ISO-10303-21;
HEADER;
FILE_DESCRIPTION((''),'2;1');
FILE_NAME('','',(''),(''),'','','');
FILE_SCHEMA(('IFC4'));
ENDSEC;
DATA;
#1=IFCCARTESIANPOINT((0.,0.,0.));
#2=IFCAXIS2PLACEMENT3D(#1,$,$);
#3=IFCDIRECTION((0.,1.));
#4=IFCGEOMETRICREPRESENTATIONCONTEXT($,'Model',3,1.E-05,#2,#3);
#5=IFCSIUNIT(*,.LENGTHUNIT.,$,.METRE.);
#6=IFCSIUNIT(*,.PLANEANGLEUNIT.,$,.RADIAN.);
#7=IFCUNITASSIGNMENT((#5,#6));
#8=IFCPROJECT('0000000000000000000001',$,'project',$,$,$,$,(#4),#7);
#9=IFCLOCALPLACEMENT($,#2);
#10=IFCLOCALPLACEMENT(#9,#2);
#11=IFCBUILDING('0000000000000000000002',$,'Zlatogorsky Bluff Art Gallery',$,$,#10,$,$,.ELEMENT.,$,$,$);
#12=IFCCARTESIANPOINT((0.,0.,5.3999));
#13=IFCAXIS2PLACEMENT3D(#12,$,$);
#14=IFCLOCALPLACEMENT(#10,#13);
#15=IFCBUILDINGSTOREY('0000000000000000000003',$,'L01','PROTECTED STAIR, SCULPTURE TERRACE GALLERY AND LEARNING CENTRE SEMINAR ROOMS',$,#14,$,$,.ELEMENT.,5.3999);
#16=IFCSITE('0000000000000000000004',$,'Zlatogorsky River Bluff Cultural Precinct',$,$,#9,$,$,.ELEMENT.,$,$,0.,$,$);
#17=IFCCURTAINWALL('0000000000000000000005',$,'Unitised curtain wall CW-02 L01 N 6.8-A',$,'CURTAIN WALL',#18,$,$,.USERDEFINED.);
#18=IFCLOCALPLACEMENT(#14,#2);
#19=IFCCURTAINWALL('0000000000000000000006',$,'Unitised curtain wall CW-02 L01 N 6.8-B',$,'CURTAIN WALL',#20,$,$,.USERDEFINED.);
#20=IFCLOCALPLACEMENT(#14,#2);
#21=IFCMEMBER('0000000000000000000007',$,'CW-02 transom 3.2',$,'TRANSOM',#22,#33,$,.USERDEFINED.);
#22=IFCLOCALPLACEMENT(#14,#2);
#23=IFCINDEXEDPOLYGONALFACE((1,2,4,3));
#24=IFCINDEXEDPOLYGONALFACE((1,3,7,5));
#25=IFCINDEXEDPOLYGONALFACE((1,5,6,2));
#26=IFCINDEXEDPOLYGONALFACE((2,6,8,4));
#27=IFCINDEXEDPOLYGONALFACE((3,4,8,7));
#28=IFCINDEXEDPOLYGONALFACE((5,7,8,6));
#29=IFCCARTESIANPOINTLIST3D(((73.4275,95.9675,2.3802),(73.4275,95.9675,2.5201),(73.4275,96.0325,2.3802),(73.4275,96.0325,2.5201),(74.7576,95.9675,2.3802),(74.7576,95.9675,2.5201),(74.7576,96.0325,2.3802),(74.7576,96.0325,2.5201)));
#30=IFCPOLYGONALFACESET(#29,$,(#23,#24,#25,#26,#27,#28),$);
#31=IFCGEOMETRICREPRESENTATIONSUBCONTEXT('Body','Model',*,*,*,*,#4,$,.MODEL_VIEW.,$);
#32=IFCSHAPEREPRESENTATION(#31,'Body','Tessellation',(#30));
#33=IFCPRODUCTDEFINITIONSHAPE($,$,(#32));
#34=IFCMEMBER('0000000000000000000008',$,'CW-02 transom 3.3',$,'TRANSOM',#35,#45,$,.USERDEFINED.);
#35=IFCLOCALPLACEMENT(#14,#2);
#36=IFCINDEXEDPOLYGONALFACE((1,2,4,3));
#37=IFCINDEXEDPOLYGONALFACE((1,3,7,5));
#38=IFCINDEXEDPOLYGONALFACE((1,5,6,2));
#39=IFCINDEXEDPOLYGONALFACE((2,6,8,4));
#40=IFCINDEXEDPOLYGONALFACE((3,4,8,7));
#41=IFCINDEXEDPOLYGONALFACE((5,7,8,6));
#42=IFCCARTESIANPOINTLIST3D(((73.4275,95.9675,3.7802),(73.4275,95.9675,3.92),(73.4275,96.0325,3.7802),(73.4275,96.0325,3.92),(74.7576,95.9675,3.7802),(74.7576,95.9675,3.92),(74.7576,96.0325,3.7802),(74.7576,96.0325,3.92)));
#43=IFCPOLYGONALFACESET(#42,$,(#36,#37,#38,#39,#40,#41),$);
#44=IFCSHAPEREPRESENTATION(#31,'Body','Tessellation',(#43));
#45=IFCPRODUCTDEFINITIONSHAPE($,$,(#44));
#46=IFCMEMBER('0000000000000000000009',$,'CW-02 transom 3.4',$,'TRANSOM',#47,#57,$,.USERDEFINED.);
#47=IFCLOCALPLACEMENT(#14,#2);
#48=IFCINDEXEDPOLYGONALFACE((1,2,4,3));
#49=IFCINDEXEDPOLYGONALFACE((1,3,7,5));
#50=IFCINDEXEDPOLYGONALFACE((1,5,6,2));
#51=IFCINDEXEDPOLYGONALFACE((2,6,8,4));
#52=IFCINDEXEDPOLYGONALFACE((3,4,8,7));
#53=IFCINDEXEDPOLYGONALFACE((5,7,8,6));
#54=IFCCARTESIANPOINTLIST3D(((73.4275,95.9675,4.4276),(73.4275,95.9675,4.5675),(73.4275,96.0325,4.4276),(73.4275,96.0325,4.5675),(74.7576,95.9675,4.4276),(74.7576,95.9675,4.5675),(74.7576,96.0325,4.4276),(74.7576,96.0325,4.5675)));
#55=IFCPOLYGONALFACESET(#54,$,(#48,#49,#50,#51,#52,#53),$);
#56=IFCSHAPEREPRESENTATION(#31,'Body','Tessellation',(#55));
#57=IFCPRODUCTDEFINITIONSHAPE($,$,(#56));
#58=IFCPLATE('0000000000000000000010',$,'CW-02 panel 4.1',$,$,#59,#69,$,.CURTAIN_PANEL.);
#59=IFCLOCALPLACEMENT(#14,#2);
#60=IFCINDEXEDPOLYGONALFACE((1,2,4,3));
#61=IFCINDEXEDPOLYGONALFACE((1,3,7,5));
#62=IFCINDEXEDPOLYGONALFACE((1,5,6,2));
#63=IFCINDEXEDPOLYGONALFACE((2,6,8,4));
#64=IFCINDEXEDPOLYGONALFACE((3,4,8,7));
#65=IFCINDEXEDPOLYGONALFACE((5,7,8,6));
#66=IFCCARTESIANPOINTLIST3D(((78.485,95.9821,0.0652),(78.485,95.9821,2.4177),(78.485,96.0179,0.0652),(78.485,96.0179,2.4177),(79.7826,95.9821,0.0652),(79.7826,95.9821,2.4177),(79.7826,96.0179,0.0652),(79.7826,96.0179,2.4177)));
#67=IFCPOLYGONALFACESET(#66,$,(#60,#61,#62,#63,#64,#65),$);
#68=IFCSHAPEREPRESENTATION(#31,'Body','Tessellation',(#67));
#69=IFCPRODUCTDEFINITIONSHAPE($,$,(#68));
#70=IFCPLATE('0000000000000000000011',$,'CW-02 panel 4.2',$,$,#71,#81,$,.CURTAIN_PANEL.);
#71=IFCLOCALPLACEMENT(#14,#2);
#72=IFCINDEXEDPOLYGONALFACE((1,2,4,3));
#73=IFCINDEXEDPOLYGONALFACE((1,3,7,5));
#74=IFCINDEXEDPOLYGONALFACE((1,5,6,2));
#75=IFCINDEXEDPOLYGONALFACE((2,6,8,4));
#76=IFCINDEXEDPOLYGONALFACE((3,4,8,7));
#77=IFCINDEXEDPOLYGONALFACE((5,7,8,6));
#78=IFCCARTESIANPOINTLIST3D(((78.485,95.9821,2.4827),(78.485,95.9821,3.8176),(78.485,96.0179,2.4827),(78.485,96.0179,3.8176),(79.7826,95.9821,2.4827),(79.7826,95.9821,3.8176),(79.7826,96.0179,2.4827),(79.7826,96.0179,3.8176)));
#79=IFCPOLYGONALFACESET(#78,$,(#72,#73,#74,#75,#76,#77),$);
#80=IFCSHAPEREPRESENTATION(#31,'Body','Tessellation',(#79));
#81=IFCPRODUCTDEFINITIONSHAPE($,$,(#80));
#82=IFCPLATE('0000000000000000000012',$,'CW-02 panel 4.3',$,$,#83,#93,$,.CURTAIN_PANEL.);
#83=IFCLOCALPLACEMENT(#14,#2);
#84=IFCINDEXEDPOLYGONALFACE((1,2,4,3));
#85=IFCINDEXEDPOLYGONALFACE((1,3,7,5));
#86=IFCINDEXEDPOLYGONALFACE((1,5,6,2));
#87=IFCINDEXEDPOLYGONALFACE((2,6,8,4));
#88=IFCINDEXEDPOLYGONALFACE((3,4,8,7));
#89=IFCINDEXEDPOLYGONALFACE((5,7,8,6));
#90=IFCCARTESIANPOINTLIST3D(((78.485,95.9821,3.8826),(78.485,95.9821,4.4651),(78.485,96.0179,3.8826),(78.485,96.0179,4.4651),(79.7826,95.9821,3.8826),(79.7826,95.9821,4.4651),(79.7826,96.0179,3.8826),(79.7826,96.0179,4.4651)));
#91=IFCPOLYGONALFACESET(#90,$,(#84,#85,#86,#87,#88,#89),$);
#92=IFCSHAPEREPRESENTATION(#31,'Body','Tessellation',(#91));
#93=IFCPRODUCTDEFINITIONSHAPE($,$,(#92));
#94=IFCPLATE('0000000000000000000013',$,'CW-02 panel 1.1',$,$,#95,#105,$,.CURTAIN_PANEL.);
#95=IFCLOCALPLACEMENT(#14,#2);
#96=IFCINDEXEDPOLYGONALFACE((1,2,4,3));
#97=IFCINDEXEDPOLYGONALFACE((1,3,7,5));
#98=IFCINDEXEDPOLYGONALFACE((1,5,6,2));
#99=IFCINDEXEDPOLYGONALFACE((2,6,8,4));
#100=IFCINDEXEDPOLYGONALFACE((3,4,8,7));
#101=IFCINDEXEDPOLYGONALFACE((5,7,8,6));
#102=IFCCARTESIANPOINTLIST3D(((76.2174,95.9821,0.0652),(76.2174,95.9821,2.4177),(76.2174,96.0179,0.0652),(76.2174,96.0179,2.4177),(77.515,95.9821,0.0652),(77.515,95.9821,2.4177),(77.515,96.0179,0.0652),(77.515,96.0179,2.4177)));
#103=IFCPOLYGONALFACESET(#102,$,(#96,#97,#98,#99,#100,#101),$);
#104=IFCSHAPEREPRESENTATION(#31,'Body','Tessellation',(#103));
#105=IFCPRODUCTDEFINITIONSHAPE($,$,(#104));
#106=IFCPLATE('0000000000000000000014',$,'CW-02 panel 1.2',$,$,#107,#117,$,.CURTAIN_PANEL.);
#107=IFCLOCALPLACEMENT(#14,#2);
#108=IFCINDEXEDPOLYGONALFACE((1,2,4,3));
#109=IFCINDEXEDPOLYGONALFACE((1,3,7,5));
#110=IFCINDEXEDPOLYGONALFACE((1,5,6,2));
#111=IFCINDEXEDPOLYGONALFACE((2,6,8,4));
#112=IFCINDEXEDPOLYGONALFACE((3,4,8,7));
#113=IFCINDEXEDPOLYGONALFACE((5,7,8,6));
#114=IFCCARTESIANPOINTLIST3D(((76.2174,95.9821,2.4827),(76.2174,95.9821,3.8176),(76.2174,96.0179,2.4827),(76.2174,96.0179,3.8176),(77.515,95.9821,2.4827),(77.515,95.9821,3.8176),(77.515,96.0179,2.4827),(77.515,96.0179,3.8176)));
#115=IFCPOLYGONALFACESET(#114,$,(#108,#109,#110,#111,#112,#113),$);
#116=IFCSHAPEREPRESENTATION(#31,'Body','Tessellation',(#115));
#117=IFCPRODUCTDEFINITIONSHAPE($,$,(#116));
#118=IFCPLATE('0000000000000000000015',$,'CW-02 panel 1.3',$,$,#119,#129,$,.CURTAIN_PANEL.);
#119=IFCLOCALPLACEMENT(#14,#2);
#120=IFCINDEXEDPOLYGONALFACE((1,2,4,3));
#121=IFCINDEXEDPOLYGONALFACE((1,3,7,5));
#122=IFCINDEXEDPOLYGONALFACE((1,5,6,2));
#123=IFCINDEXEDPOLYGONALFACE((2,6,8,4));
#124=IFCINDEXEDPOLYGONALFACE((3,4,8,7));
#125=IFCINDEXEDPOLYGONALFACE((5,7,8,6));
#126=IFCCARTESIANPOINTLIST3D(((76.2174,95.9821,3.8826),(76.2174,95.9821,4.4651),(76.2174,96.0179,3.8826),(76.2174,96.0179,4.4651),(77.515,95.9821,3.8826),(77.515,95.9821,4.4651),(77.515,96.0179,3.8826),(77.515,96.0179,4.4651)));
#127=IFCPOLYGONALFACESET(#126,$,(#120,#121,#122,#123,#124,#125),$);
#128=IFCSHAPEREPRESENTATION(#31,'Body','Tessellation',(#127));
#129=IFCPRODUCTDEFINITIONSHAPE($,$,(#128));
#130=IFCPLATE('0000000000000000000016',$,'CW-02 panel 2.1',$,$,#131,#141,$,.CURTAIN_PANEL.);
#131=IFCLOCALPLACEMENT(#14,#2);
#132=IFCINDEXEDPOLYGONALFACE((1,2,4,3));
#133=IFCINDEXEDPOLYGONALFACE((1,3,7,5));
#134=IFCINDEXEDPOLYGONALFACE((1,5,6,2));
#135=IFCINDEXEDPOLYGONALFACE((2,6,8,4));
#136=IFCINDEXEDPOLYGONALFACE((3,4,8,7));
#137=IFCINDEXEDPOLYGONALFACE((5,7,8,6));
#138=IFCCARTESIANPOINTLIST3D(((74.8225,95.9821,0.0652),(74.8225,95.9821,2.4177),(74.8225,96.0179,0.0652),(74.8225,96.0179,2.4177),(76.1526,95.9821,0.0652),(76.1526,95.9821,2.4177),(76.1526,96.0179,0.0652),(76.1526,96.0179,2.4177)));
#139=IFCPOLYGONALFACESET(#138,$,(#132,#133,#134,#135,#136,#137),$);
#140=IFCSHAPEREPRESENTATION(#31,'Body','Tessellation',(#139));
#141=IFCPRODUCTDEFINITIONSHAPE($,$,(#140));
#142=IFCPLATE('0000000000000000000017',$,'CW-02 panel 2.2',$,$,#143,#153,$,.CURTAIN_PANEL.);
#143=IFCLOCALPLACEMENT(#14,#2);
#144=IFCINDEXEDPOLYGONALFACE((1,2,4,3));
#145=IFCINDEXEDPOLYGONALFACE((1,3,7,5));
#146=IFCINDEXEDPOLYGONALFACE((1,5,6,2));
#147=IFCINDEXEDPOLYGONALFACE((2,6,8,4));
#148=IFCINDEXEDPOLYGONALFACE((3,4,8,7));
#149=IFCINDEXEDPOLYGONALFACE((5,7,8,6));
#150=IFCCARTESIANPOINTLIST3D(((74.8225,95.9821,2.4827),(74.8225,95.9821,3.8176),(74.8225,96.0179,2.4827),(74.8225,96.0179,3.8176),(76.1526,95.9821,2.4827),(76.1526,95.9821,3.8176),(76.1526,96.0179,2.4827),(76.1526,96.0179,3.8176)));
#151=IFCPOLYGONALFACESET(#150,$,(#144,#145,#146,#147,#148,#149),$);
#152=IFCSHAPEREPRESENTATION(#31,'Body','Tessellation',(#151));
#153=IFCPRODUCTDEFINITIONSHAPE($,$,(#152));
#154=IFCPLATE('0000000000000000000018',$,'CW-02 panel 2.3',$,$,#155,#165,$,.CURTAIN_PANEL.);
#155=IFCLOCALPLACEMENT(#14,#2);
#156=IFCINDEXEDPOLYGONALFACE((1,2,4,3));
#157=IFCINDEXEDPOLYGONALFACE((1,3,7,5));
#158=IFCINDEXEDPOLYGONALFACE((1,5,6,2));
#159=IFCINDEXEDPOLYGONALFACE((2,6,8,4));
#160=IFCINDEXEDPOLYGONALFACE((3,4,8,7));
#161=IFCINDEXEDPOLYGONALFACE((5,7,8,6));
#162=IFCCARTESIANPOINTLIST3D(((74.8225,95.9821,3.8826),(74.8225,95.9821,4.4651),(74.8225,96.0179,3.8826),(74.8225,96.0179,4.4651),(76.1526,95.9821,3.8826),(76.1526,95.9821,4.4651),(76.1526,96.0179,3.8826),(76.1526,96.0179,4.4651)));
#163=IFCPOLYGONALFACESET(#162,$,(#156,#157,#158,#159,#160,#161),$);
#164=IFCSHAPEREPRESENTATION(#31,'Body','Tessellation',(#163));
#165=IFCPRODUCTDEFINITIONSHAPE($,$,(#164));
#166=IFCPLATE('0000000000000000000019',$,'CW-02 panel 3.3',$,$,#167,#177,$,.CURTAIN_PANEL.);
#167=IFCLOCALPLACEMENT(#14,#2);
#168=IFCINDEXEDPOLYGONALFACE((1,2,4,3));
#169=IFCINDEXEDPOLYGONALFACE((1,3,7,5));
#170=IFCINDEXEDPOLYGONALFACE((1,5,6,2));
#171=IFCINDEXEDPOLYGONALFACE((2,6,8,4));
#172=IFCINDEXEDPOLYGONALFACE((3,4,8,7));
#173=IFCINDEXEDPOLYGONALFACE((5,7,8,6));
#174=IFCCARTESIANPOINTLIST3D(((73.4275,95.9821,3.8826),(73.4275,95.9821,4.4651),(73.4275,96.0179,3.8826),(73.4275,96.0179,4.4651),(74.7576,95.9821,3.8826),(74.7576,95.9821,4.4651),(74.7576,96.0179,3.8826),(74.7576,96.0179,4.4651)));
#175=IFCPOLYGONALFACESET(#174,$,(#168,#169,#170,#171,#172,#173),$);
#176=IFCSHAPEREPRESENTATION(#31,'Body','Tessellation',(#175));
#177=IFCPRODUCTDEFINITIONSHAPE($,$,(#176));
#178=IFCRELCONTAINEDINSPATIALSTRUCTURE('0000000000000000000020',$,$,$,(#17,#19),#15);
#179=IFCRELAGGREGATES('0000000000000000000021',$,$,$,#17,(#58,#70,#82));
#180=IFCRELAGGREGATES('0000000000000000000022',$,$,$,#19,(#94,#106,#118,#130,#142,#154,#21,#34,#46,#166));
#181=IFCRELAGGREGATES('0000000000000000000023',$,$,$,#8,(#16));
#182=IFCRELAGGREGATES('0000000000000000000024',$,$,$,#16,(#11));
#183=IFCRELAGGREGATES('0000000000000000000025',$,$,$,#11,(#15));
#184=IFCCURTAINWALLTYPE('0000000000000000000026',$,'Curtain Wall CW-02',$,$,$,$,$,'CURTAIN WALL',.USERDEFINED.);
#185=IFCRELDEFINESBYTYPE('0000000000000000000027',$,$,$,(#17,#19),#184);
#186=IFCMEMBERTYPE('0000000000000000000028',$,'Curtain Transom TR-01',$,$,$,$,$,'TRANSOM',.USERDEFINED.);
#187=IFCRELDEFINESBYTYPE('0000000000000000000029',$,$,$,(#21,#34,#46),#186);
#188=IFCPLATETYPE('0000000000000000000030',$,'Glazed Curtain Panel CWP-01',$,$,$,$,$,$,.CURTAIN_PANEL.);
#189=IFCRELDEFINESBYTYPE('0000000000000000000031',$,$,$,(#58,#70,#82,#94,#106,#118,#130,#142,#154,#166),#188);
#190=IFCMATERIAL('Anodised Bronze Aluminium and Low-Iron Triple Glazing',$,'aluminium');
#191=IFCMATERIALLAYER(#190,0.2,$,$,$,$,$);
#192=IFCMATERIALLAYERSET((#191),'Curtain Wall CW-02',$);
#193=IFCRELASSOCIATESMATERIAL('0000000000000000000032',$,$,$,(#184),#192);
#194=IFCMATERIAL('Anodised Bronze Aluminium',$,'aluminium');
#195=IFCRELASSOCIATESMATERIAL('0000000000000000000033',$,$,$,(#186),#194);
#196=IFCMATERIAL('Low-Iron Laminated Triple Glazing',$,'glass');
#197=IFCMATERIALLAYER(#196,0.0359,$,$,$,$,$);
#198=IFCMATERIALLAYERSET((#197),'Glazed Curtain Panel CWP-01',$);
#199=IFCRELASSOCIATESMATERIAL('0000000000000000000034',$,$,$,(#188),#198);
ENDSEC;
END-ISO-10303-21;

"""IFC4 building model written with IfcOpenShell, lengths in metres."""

from ifc_helpers import new_model, si_unit, direction, frame, origin, origin_2d, place, context, subcontext, project, spatial, rectangle, extrude, material, layer, layer_set, material_profile, profile_set, type_object, element, aggregate, save


model = new_model("IFC4")

# Units and contexts
model_context = context("Model", 3, precision=1e-05, world=origin(), true_north=direction((0.0, 1.0)))
body_context = subcontext(model_context, "Body", "Model", "MODEL_VIEW")
ifc_project = project(units=[si_unit("LENGTHUNIT", "METRE"), si_unit("PLANEANGLEUNIT", "RADIAN")], contexts=[model_context])

# Site, building, storey
site_placement = place(None, origin())
site = spatial("IfcSite", under=ifc_project, at=site_placement, Name="Zlatogorsky River Bluff Cultural Precinct", CompositionType="ELEMENT", RefElevation=0.0)
building_placement = place(site_placement, origin())
building = spatial("IfcBuilding", under=site, at=building_placement, Name="Zlatogorsky Bluff Art Gallery", CompositionType="ELEMENT")
storey_placement = place(building_placement, frame((0.0, 0.0, 5.3999)))
storey = spatial("IfcBuildingStorey", under=building, at=storey_placement, Name="L01", Description="PROTECTED STAIR, SCULPTURE TERRACE GALLERY AND LEARNING CENTRE SEMINAR ROOMS", CompositionType="ELEMENT", Elevation=5.3999)

# Curtain wall
ifc_material_1 = material(Name="Anodised Bronze Aluminium and Low-Iron Triple Glazing", Category="aluminium")
ifc_layer_1 = layer(ifc_material_1, 0.2)
ifc_layer_set_1 = layer_set([ifc_layer_1], Name="Curtain Wall CW-02")
curtain_wall_type = type_object("IfcCurtainWallType", Name="Curtain Wall CW-02", ElementType="CURTAIN WALL", PredefinedType="USERDEFINED", material=ifc_layer_set_1)
curtain_wall_1_placement = place(storey_placement, origin())
curtain_wall_1 = element("IfcCurtainWall", 1, at=curtain_wall_1_placement, inside=storey, type_object=curtain_wall_type, Name="Unitised curtain wall CW-02 L01 N 6.8-A", ObjectType="CURTAIN WALL", PredefinedType="USERDEFINED")
ifc_material_2 = material(Name="Anodised Bronze Aluminium", Category="aluminium")

# Curtain wall
curtain_wall_2_placement = place(storey_placement, origin())
curtain_wall_2 = element("IfcCurtainWall", 2, at=curtain_wall_2_placement, inside=storey, type_object=curtain_wall_type, Name="Unitised curtain wall CW-02 L01 N 6.8-B", ObjectType="CURTAIN WALL", PredefinedType="USERDEFINED")

# Members
ifc_material_profile_1 = material_profile(ifc_material_2, rectangle(XDim=0.0649, YDim=0.1399, at=origin_2d()), Name="ALU TRANSOM 65x140")
ifc_profile_set_1 = profile_set([ifc_material_profile_1], Name="Anodised Bronze Aluminium")
member_type_1 = type_object("IfcMemberType", Name="Curtain Transom TR-01", ElementType="TRANSOM", PredefinedType="USERDEFINED", material=ifc_profile_set_1)
member_1_placement = place(storey_placement, frame((74.7576, 96.0, 2.4502), z_axis=(-1.0, 0.0, 0.0), x_axis=(0.0, -1.0, 0.0)))
member_1 = element("IfcMember", 3, at=member_1_placement, type_object=member_type_1, Name="CW-02 transom 3.2", ObjectType="TRANSOM", PredefinedType="USERDEFINED", context=body_context, shape_type="SweptSolid", body=[
    extrude(rectangle(XDim=0.0649, YDim=0.1399, at=origin_2d()), origin(), (0.0, 0.0, 1.0), 1.3301),
])
member_2_placement = place(storey_placement, frame((74.7576, 96.0, 3.8501), z_axis=(-1.0, 0.0, 0.0), x_axis=(0.0, -1.0, 0.0)))
member_2 = element("IfcMember", 4, at=member_2_placement, type_object=member_type_1, Name="CW-02 transom 3.3", ObjectType="TRANSOM", PredefinedType="USERDEFINED", context=body_context, shape_type="SweptSolid", body=[
    extrude(rectangle(XDim=0.0649, YDim=0.1399, at=origin_2d()), origin(), (0.0, 0.0, 1.0), 1.3301),
])
member_3_placement = place(storey_placement, frame((74.7576, 96.0, 4.4976), z_axis=(-1.0, 0.0, 0.0), x_axis=(0.0, -1.0, 0.0)))
member_3 = element("IfcMember", 5, at=member_3_placement, type_object=member_type_1, Name="CW-02 transom 3.4", ObjectType="TRANSOM", PredefinedType="USERDEFINED", context=body_context, shape_type="SweptSolid", body=[
    extrude(rectangle(XDim=0.0649, YDim=0.1399, at=origin_2d()), origin(), (0.0, 0.0, 1.0), 1.3301),
])

# Plates
ifc_material_3 = material(Name="Low-Iron Laminated Triple Glazing", Category="glass")
ifc_layer_2 = layer(ifc_material_3, 0.0359)
ifc_layer_set_2 = layer_set([ifc_layer_2], Name="Glazed Curtain Panel CWP-01")
plate_type = type_object("IfcPlateType", Name="Glazed Curtain Panel CWP-01", PredefinedType="CURTAIN_PANEL", material=ifc_layer_set_2)
plate_1_placement = place(storey_placement, frame((79.1338, 96.0, 0.0652), z_axis=(0.0, 0.0, 1.0), x_axis=(-1.0, 0.0, 0.0)))
plate_1 = element("IfcPlate", 6, at=plate_1_placement, type_object=plate_type, Name="CW-02 panel 4.1", PredefinedType="CURTAIN_PANEL", context=body_context, shape_type="SweptSolid", body=[
    extrude(rectangle(XDim=1.2976, YDim=0.0359, at=origin_2d()), origin(), (0.0, 0.0, 1.0), 2.3525),
])
plate_2_placement = place(storey_placement, frame((79.1338, 96.0, 2.4827), z_axis=(0.0, 0.0, 1.0), x_axis=(-1.0, 0.0, 0.0)))
plate_2 = element("IfcPlate", 7, at=plate_2_placement, type_object=plate_type, Name="CW-02 panel 4.2", PredefinedType="CURTAIN_PANEL", context=body_context, shape_type="SweptSolid", body=[
    extrude(rectangle(XDim=1.2976, YDim=0.0359, at=origin_2d()), origin(), (0.0, 0.0, 1.0), 1.335),
])
plate_3_placement = place(storey_placement, frame((79.1338, 96.0, 3.8826), z_axis=(0.0, 0.0, 1.0), x_axis=(-1.0, 0.0, 0.0)))
plate_3 = element("IfcPlate", 8, at=plate_3_placement, type_object=plate_type, Name="CW-02 panel 4.3", PredefinedType="CURTAIN_PANEL", context=body_context, shape_type="SweptSolid", body=[
    extrude(rectangle(XDim=1.2976, YDim=0.0359, at=origin_2d()), origin(), (0.0, 0.0, 1.0), 0.5825),
])
aggregate(curtain_wall_1, [plate_1, plate_2, plate_3])
plate_4_placement = place(storey_placement, frame((76.8662, 96.0, 0.0652), z_axis=(0.0, 0.0, 1.0), x_axis=(-1.0, 0.0, 0.0)))
plate_4 = element("IfcPlate", 9, at=plate_4_placement, type_object=plate_type, Name="CW-02 panel 1.1", PredefinedType="CURTAIN_PANEL", context=body_context, shape_type="SweptSolid", body=[
    extrude(rectangle(XDim=1.2976, YDim=0.0359, at=origin_2d()), origin(), (0.0, 0.0, 1.0), 2.3525),
])
plate_5_placement = place(storey_placement, frame((76.8662, 96.0, 2.4827), z_axis=(0.0, 0.0, 1.0), x_axis=(-1.0, 0.0, 0.0)))
plate_5 = element("IfcPlate", 10, at=plate_5_placement, type_object=plate_type, Name="CW-02 panel 1.2", PredefinedType="CURTAIN_PANEL", context=body_context, shape_type="SweptSolid", body=[
    extrude(rectangle(XDim=1.2976, YDim=0.0359, at=origin_2d()), origin(), (0.0, 0.0, 1.0), 1.335),
])
plate_6_placement = place(storey_placement, frame((76.8662, 96.0, 3.8826), z_axis=(0.0, 0.0, 1.0), x_axis=(-1.0, 0.0, 0.0)))
plate_6 = element("IfcPlate", 11, at=plate_6_placement, type_object=plate_type, Name="CW-02 panel 1.3", PredefinedType="CURTAIN_PANEL", context=body_context, shape_type="SweptSolid", body=[
    extrude(rectangle(XDim=1.2976, YDim=0.0359, at=origin_2d()), origin(), (0.0, 0.0, 1.0), 0.5825),
])
plate_7_placement = place(storey_placement, frame((75.4875, 96.0, 0.0652), z_axis=(0.0, 0.0, 1.0), x_axis=(-1.0, 0.0, 0.0)))
plate_7 = element("IfcPlate", 12, at=plate_7_placement, type_object=plate_type, Name="CW-02 panel 2.1", PredefinedType="CURTAIN_PANEL", context=body_context, shape_type="SweptSolid", body=[
    extrude(rectangle(XDim=1.3301, YDim=0.0359, at=origin_2d()), origin(), (0.0, 0.0, 1.0), 2.3525),
])
plate_8_placement = place(storey_placement, frame((75.4875, 96.0, 2.4827), z_axis=(0.0, 0.0, 1.0), x_axis=(-1.0, 0.0, 0.0)))
plate_8 = element("IfcPlate", 13, at=plate_8_placement, type_object=plate_type, Name="CW-02 panel 2.2", PredefinedType="CURTAIN_PANEL", context=body_context, shape_type="SweptSolid", body=[
    extrude(rectangle(XDim=1.3301, YDim=0.0359, at=origin_2d()), origin(), (0.0, 0.0, 1.0), 1.335),
])
plate_9_placement = place(storey_placement, frame((75.4875, 96.0, 3.8826), z_axis=(0.0, 0.0, 1.0), x_axis=(-1.0, 0.0, 0.0)))
plate_9 = element("IfcPlate", 14, at=plate_9_placement, type_object=plate_type, Name="CW-02 panel 2.3", PredefinedType="CURTAIN_PANEL", context=body_context, shape_type="SweptSolid", body=[
    extrude(rectangle(XDim=1.3301, YDim=0.0359, at=origin_2d()), origin(), (0.0, 0.0, 1.0), 0.5825),
])
plate_10_placement = place(storey_placement, frame((74.0925, 96.0, 3.8826), z_axis=(0.0, 0.0, 1.0), x_axis=(-1.0, 0.0, 0.0)))
plate_10 = element("IfcPlate", 15, at=plate_10_placement, type_object=plate_type, Name="CW-02 panel 3.3", PredefinedType="CURTAIN_PANEL", context=body_context, shape_type="SweptSolid", body=[
    extrude(rectangle(XDim=1.3301, YDim=0.0359, at=origin_2d()), origin(), (0.0, 0.0, 1.0), 0.5825),
])
aggregate(curtain_wall_2, [plate_4, plate_5, plate_6, plate_7, plate_8, plate_9, member_1, member_2, member_3, plate_10])

save(model, "model.ifc")
